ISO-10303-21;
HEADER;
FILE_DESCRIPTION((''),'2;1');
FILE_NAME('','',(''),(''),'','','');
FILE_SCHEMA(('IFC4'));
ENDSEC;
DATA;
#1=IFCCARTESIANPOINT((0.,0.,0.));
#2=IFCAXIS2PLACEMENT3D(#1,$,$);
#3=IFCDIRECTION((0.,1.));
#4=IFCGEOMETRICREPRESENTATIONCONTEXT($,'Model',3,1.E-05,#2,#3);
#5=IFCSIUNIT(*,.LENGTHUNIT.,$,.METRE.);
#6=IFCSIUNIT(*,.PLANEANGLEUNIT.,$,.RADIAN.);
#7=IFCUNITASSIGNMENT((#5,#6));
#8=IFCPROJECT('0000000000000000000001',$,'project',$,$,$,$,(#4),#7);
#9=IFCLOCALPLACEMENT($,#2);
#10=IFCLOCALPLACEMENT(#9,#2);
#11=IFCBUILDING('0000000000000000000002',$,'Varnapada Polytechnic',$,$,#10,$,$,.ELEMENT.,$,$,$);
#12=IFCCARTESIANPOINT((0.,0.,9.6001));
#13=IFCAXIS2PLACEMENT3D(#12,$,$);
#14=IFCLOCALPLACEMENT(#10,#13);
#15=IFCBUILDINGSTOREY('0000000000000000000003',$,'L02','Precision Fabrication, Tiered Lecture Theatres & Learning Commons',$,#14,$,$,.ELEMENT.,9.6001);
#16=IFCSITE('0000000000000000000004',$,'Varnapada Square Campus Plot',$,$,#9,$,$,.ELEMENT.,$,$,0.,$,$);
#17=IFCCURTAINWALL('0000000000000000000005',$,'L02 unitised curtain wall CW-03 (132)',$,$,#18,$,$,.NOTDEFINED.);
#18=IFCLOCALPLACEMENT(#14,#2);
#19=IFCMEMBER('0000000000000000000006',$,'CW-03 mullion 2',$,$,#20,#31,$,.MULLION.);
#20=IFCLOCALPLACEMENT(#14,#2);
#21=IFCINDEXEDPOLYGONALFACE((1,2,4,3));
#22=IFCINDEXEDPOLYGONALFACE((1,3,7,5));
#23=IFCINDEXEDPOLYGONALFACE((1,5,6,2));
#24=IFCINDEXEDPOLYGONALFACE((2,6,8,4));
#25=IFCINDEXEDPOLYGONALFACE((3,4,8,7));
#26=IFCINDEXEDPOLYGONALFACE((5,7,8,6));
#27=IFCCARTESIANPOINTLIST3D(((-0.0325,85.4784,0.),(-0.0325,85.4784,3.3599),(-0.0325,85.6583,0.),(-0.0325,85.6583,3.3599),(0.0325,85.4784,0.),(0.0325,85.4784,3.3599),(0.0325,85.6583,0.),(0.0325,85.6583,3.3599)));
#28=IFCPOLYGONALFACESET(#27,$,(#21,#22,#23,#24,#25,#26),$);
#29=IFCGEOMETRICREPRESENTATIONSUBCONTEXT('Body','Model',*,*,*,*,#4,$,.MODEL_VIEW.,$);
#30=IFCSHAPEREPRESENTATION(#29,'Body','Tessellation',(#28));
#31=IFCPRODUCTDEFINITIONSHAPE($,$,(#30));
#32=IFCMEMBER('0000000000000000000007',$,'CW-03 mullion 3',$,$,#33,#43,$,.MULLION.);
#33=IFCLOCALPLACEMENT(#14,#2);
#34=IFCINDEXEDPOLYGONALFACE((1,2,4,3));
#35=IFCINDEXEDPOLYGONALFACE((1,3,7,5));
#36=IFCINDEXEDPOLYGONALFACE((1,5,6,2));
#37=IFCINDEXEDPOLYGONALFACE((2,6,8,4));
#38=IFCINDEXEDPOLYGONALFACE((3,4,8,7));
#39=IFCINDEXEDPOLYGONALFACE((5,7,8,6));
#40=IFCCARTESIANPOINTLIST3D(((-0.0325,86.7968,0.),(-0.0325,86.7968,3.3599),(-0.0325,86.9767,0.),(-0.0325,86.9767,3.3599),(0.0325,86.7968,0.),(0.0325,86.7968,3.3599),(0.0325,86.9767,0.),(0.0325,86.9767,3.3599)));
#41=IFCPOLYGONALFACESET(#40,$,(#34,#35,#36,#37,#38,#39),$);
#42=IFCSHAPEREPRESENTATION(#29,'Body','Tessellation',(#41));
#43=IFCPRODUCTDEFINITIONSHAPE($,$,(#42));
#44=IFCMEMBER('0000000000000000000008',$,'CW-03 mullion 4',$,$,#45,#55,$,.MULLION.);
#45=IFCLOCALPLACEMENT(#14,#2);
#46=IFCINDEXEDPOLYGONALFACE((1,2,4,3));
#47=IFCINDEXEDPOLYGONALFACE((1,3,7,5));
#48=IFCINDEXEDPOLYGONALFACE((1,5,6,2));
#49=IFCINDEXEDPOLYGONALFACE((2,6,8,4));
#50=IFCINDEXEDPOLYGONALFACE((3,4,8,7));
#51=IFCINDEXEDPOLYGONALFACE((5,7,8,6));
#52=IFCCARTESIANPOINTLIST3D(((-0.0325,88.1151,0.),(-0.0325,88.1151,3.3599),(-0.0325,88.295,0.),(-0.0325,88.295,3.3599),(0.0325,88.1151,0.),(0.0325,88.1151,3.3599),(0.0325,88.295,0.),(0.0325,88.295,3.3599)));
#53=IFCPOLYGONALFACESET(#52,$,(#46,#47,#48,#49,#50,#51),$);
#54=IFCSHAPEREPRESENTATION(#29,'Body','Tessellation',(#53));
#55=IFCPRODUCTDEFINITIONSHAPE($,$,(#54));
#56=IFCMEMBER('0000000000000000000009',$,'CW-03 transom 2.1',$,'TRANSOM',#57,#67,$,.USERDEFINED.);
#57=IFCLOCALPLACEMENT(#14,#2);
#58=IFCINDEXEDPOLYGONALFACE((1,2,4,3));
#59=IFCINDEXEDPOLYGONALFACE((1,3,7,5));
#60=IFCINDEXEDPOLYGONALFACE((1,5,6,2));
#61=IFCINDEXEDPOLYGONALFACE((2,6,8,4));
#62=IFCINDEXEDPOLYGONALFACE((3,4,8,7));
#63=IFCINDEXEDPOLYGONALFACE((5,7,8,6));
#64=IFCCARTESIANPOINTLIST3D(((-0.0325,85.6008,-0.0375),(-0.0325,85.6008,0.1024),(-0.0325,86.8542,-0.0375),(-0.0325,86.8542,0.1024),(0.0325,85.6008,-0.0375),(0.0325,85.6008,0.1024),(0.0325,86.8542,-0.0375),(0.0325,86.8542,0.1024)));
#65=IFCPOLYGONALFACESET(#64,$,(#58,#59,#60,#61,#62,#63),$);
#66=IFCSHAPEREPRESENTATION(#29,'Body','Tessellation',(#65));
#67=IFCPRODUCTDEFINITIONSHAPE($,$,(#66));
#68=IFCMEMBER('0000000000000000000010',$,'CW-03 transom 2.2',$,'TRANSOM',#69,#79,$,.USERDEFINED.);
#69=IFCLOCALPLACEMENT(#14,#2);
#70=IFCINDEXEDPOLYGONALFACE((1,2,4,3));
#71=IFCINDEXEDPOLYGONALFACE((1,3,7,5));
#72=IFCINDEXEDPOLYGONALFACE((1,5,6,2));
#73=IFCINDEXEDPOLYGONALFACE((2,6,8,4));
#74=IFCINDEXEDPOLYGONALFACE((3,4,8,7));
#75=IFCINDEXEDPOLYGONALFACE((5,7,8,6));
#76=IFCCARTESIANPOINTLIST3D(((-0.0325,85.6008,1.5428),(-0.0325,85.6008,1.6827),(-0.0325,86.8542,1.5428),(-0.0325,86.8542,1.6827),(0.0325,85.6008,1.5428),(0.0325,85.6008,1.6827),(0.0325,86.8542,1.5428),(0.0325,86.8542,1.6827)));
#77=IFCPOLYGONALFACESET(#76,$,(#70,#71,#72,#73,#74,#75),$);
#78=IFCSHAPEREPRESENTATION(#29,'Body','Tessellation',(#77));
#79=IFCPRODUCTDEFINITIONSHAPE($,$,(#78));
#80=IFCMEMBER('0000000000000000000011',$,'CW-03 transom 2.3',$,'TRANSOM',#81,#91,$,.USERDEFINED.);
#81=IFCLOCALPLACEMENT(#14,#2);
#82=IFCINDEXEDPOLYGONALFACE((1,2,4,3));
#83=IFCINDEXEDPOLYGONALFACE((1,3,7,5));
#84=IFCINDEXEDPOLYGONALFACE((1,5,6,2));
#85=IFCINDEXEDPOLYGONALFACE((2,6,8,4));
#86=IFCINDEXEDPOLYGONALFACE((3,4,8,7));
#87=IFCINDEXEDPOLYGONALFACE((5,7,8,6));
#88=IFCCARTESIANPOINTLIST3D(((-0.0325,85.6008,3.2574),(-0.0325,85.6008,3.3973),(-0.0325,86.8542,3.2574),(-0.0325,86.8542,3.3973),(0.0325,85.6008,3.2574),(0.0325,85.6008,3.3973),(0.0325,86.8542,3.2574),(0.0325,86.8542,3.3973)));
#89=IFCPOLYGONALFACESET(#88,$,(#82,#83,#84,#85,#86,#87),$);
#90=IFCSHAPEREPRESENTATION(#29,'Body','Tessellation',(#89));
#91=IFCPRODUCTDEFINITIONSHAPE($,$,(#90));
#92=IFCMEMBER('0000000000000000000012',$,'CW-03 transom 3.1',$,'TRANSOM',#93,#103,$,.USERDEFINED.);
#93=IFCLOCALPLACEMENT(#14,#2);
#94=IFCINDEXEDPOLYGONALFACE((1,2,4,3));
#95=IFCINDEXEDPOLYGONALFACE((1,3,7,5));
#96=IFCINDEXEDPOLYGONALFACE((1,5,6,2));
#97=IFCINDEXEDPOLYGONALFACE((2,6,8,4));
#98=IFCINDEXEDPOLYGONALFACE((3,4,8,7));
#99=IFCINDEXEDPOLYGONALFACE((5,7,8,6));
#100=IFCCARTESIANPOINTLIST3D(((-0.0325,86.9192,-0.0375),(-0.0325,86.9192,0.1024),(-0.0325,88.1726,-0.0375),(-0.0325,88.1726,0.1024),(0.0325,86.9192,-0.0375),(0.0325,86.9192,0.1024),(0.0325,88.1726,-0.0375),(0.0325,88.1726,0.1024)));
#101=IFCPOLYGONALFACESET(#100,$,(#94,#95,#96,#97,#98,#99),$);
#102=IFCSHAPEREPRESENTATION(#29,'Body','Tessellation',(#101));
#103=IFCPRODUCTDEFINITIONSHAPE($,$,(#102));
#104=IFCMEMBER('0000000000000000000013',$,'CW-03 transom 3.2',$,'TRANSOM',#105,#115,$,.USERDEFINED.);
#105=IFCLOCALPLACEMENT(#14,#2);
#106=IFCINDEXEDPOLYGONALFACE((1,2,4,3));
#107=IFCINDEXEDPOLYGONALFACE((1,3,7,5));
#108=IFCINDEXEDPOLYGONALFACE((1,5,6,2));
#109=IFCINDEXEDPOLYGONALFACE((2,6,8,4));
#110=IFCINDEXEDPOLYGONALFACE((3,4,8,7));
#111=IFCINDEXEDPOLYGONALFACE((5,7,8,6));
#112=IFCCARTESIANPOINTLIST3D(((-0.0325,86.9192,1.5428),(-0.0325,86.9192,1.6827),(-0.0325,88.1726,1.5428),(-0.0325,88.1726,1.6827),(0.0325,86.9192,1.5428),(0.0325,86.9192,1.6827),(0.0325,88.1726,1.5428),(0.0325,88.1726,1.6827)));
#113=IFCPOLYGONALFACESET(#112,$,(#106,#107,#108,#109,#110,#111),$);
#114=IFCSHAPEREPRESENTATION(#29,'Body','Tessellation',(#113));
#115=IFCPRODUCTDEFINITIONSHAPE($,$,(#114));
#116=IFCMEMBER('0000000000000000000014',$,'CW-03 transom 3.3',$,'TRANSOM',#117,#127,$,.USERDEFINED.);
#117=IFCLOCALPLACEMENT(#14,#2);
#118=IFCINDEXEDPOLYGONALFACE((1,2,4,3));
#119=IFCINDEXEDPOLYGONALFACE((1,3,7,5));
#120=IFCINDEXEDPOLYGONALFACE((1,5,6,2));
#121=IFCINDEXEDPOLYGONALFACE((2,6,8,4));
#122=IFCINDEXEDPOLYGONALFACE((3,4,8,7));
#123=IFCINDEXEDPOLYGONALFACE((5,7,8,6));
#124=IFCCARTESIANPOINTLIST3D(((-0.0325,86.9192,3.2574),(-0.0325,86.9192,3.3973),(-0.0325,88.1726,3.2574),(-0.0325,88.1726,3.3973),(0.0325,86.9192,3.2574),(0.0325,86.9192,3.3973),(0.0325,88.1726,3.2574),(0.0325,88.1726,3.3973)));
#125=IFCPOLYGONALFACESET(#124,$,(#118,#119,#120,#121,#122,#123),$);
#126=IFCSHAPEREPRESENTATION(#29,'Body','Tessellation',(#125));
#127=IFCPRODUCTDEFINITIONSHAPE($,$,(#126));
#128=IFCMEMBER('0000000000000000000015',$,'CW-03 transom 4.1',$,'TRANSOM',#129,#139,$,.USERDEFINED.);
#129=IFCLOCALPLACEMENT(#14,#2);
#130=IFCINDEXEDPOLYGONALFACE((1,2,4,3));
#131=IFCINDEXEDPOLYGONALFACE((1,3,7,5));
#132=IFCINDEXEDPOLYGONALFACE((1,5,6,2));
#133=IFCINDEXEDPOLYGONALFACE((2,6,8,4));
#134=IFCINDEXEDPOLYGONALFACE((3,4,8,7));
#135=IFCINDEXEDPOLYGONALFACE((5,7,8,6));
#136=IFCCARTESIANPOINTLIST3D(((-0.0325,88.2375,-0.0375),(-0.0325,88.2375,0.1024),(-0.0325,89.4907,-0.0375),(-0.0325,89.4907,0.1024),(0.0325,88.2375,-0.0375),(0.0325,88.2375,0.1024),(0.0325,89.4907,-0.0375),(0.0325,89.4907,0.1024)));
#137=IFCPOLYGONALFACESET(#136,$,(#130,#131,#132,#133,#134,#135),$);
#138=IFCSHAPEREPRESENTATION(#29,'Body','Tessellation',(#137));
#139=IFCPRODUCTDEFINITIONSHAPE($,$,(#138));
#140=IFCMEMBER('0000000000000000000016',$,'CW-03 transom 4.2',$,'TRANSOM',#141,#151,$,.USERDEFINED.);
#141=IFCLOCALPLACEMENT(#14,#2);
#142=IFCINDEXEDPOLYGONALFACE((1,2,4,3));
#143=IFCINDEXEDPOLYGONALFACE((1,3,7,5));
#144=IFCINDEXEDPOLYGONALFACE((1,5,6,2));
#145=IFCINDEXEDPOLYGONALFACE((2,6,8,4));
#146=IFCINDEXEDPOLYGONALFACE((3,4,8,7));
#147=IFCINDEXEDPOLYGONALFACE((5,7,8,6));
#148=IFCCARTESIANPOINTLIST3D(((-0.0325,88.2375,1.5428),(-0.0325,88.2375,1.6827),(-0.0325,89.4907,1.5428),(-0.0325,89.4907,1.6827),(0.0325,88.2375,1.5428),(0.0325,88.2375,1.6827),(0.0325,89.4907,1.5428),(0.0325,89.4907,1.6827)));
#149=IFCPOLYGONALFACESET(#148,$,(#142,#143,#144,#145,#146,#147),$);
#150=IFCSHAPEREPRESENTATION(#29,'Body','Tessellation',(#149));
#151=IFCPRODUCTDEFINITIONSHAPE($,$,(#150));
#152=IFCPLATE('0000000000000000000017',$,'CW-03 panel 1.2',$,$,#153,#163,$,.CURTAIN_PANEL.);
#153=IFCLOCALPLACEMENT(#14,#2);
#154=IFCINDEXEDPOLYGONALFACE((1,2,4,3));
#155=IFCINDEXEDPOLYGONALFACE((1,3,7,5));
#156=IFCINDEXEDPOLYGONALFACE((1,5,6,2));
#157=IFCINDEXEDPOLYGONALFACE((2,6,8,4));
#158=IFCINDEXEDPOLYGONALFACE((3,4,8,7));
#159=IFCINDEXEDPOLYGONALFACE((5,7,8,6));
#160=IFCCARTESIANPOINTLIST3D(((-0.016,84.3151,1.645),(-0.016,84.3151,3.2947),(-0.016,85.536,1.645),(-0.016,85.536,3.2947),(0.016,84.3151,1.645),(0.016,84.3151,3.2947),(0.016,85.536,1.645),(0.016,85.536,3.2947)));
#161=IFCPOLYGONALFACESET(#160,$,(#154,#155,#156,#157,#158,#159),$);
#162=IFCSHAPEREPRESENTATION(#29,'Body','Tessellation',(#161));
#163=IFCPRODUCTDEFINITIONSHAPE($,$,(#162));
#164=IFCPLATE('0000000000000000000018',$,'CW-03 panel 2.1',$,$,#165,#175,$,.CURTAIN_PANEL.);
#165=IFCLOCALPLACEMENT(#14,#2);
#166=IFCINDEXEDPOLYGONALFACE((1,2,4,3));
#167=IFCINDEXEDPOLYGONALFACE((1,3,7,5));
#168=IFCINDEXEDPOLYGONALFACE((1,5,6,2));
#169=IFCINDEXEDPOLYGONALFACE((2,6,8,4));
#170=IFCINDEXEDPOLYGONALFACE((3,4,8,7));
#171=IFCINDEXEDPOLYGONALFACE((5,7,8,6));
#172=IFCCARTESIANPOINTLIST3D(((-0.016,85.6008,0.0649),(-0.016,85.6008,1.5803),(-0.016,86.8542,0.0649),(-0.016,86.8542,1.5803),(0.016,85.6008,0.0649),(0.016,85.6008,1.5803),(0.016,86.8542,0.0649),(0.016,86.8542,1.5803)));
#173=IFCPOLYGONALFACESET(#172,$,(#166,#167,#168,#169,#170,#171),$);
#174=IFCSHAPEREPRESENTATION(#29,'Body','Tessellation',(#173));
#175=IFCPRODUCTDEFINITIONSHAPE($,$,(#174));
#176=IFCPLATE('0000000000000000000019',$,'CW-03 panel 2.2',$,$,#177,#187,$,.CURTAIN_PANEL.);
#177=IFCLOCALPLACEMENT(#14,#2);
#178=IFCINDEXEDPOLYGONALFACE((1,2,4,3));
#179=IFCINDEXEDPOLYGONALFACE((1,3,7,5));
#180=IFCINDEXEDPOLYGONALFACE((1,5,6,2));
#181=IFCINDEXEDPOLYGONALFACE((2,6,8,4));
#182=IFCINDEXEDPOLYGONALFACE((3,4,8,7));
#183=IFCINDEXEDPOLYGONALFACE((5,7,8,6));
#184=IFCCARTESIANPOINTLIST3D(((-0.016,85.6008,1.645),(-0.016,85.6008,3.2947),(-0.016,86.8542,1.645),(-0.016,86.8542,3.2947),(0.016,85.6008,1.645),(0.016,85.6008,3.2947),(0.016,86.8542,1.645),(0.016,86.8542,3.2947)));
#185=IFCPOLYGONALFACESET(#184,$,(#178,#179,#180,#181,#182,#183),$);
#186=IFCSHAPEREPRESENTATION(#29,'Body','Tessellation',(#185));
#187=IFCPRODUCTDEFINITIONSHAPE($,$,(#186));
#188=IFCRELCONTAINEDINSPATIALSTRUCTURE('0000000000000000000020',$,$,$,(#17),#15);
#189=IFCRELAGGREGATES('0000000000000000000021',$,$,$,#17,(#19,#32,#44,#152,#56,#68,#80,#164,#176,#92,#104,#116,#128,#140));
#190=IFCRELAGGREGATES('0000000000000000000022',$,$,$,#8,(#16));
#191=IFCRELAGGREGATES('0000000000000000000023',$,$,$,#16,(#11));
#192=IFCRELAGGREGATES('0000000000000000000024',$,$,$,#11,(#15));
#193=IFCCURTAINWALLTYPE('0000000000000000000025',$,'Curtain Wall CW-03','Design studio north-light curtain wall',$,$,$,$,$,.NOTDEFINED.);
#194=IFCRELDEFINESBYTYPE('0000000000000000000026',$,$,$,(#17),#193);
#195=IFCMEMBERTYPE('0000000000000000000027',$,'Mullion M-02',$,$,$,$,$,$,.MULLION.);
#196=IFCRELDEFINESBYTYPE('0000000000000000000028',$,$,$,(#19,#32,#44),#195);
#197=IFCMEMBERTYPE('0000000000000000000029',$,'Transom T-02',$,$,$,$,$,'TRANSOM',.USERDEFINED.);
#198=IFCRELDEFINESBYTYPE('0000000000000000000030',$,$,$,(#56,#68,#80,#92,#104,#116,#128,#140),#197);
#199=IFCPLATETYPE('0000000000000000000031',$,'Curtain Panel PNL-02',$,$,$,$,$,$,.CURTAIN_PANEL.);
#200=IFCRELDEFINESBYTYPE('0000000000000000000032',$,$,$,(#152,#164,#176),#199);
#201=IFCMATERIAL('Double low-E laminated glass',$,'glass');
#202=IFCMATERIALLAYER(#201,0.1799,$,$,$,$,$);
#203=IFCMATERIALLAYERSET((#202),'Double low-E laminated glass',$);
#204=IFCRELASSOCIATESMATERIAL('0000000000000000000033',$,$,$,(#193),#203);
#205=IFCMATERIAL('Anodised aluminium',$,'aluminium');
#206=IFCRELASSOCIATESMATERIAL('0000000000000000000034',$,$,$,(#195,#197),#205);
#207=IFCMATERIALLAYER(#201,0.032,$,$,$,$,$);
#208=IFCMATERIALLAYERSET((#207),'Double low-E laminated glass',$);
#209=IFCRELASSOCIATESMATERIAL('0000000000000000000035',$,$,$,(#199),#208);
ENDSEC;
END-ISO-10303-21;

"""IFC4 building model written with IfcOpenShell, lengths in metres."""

from ifc_helpers import new_model, si_unit, direction, frame, origin, origin_2d, place, context, subcontext, project, spatial, rectangle, extrude, material, layer, layer_set, material_profile, profile_set, type_object, element, aggregate, save


model = new_model("IFC4")

# Units and contexts
model_context = context("Model", 3, precision=1e-05, world=origin(), true_north=direction((0.0, 1.0)))
body_context = subcontext(model_context, "Body", "Model", "MODEL_VIEW")
ifc_project = project(units=[si_unit("LENGTHUNIT", "METRE"), si_unit("PLANEANGLEUNIT", "RADIAN")], contexts=[model_context])

# Site, building, storey
site_placement = place(None, origin())
site = spatial("IfcSite", under=ifc_project, at=site_placement, Name="Varnapada Square Campus Plot", CompositionType="ELEMENT", RefElevation=0.0)
building_placement = place(site_placement, origin())
building = spatial("IfcBuilding", under=site, at=building_placement, Name="Varnapada Polytechnic", CompositionType="ELEMENT")
storey_placement = place(building_placement, frame((0.0, 0.0, 9.6001)))
storey = spatial("IfcBuildingStorey", under=building, at=storey_placement, Name="L02", Description="Precision Fabrication, Tiered Lecture Theatres & Learning Commons", CompositionType="ELEMENT", Elevation=9.6001)

# Curtain wall, members, plates
ifc_material_1 = material(Name="Double low-E laminated glass", Category="glass")
ifc_layer_1 = layer(ifc_material_1, 0.1799)
ifc_layer_set_1 = layer_set([ifc_layer_1], Name="Double low-E laminated glass")
curtain_wall_type = type_object("IfcCurtainWallType", Name="Curtain Wall CW-03", Description="Design studio north-light curtain wall", PredefinedType="NOTDEFINED", material=ifc_layer_set_1)
curtain_wall_placement = place(storey_placement, origin())
curtain_wall = element("IfcCurtainWall", 1, at=curtain_wall_placement, inside=storey, type_object=curtain_wall_type, Name="L02 unitised curtain wall CW-03 (132)", PredefinedType="NOTDEFINED")
ifc_material_2 = material(Name="Anodised aluminium", Category="aluminium")
ifc_material_profile_1 = material_profile(ifc_material_2, rectangle(XDim=0.0649, YDim=0.1799, at=origin_2d()), Name="ALU M65x180")
ifc_profile_set_1 = profile_set([ifc_material_profile_1], Name="Anodised aluminium")
member_type_1 = type_object("IfcMemberType", Name="Mullion M-02", PredefinedType="MULLION", material=ifc_profile_set_1)
member_1_placement = place(storey_placement, frame((0.0, 85.5684, 0.0), z_axis=(0.0, 0.0, 1.0), x_axis=(-1.0, 0.0, 0.0)))
member_1 = element("IfcMember", 2, at=member_1_placement, type_object=member_type_1, Name="CW-03 mullion 2", PredefinedType="MULLION", context=body_context, shape_type="SweptSolid", body=[
    extrude(rectangle(XDim=0.0649, YDim=0.1799, at=origin_2d()), origin(), (0.0, 0.0, 1.0), 3.3599),
])
member_2_placement = place(storey_placement, frame((0.0, 86.8867, 0.0), z_axis=(0.0, 0.0, 1.0), x_axis=(-1.0, 0.0, 0.0)))
member_2 = element("IfcMember", 3, at=member_2_placement, type_object=member_type_1, Name="CW-03 mullion 3", PredefinedType="MULLION", context=body_context, shape_type="SweptSolid", body=[
    extrude(rectangle(XDim=0.0649, YDim=0.1799, at=origin_2d()), origin(), (0.0, 0.0, 1.0), 3.3599),
])
member_3_placement = place(storey_placement, frame((0.0, 88.2051, 0.0), z_axis=(0.0, 0.0, 1.0), x_axis=(-1.0, 0.0, 0.0)))
member_3 = element("IfcMember", 4, at=member_3_placement, type_object=member_type_1, Name="CW-03 mullion 4", PredefinedType="MULLION", context=body_context, shape_type="SweptSolid", body=[
    extrude(rectangle(XDim=0.0649, YDim=0.1799, at=origin_2d()), origin(), (0.0, 0.0, 1.0), 3.3599),
])
ifc_material_profile_2 = material_profile(ifc_material_2, rectangle(XDim=0.0649, YDim=0.1399, at=origin_2d()), Name="ALU T65x140")
ifc_profile_set_2 = profile_set([ifc_material_profile_2], Name="Anodised aluminium")
member_type_2 = type_object("IfcMemberType", Name="Transom T-02", ElementType="TRANSOM", PredefinedType="USERDEFINED", material=ifc_profile_set_2)
member_4_placement = place(storey_placement, frame((0.0, 85.6008, 0.0325), z_axis=(0.0, 1.0, 0.0), x_axis=(-1.0, 0.0, 0.0)))
member_4 = element("IfcMember", 5, at=member_4_placement, type_object=member_type_2, Name="CW-03 transom 2.1", ObjectType="TRANSOM", PredefinedType="USERDEFINED", context=body_context, shape_type="SweptSolid", body=[
    extrude(rectangle(XDim=0.0649, YDim=0.1399, at=origin_2d()), origin(), (0.0, 0.0, 1.0), 1.2534),
])
member_5_placement = place(storey_placement, frame((0.0, 85.6008, 1.6128), z_axis=(0.0, 1.0, 0.0), x_axis=(-1.0, 0.0, 0.0)))
member_5 = element("IfcMember", 6, at=member_5_placement, type_object=member_type_2, Name="CW-03 transom 2.2", ObjectType="TRANSOM", PredefinedType="USERDEFINED", context=body_context, shape_type="SweptSolid", body=[
    extrude(rectangle(XDim=0.0649, YDim=0.1399, at=origin_2d()), origin(), (0.0, 0.0, 1.0), 1.2534),
])
member_6_placement = place(storey_placement, frame((0.0, 85.6008, 3.3274), z_axis=(0.0, 1.0, 0.0), x_axis=(-1.0, 0.0, 0.0)))
member_6 = element("IfcMember", 7, at=member_6_placement, type_object=member_type_2, Name="CW-03 transom 2.3", ObjectType="TRANSOM", PredefinedType="USERDEFINED", context=body_context, shape_type="SweptSolid", body=[
    extrude(rectangle(XDim=0.0649, YDim=0.1399, at=origin_2d()), origin(), (0.0, 0.0, 1.0), 1.2534),
])
member_7_placement = place(storey_placement, frame((0.0, 86.9192, 0.0325), z_axis=(0.0, 1.0, 0.0), x_axis=(-1.0, 0.0, 0.0)))
member_7 = element("IfcMember", 8, at=member_7_placement, type_object=member_type_2, Name="CW-03 transom 3.1", ObjectType="TRANSOM", PredefinedType="USERDEFINED", context=body_context, shape_type="SweptSolid", body=[
    extrude(rectangle(XDim=0.0649, YDim=0.1399, at=origin_2d()), origin(), (0.0, 0.0, 1.0), 1.2534),
])
member_8_placement = place(storey_placement, frame((0.0, 86.9192, 1.6128), z_axis=(0.0, 1.0, 0.0), x_axis=(-1.0, 0.0, 0.0)))
member_8 = element("IfcMember", 9, at=member_8_placement, type_object=member_type_2, Name="CW-03 transom 3.2", ObjectType="TRANSOM", PredefinedType="USERDEFINED", context=body_context, shape_type="SweptSolid", body=[
    extrude(rectangle(XDim=0.0649, YDim=0.1399, at=origin_2d()), origin(), (0.0, 0.0, 1.0), 1.2534),
])
member_9_placement = place(storey_placement, frame((0.0, 86.9192, 3.3274), z_axis=(0.0, 1.0, 0.0), x_axis=(-1.0, 0.0, 0.0)))
member_9 = element("IfcMember", 10, at=member_9_placement, type_object=member_type_2, Name="CW-03 transom 3.3", ObjectType="TRANSOM", PredefinedType="USERDEFINED", context=body_context, shape_type="SweptSolid", body=[
    extrude(rectangle(XDim=0.0649, YDim=0.1399, at=origin_2d()), origin(), (0.0, 0.0, 1.0), 1.2534),
])
member_10_placement = place(storey_placement, frame((0.0, 88.2375, 0.0325), z_axis=(0.0, 1.0, 0.0), x_axis=(-1.0, 0.0, 0.0)))
member_10 = element("IfcMember", 11, at=member_10_placement, type_object=member_type_2, Name="CW-03 transom 4.1", ObjectType="TRANSOM", PredefinedType="USERDEFINED", context=body_context, shape_type="SweptSolid", body=[
    extrude(rectangle(XDim=0.0649, YDim=0.1399, at=origin_2d()), origin(), (0.0, 0.0, 1.0), 1.2532),
])
member_11_placement = place(storey_placement, frame((0.0, 88.2375, 1.6128), z_axis=(0.0, 1.0, 0.0), x_axis=(-1.0, 0.0, 0.0)))
member_11 = element("IfcMember", 12, at=member_11_placement, type_object=member_type_2, Name="CW-03 transom 4.2", ObjectType="TRANSOM", PredefinedType="USERDEFINED", context=body_context, shape_type="SweptSolid", body=[
    extrude(rectangle(XDim=0.0649, YDim=0.1399, at=origin_2d()), origin(), (0.0, 0.0, 1.0), 1.2532),
])
ifc_layer_2 = layer(ifc_material_1, 0.032)
ifc_layer_set_2 = layer_set([ifc_layer_2], Name="Double low-E laminated glass")
plate_type = type_object("IfcPlateType", Name="Curtain Panel PNL-02", PredefinedType="CURTAIN_PANEL", material=ifc_layer_set_2)
plate_1_placement = place(storey_placement, frame((0.0, 84.9255, 1.645), z_axis=(0.0, 0.0, 1.0), x_axis=(0.0, 1.0, 0.0)))
plate_1 = element("IfcPlate", 13, at=plate_1_placement, type_object=plate_type, Name="CW-03 panel 1.2", PredefinedType="CURTAIN_PANEL", context=body_context, shape_type="SweptSolid", body=[
    extrude(rectangle(XDim=1.2209, YDim=0.032, at=origin_2d()), origin(), (0.0, 0.0, 1.0), 1.6497),
])
plate_2_placement = place(storey_placement, frame((0.0, 86.2275, 0.0649), z_axis=(0.0, 0.0, 1.0), x_axis=(0.0, 1.0, 0.0)))
plate_2 = element("IfcPlate", 14, at=plate_2_placement, type_object=plate_type, Name="CW-03 panel 2.1", PredefinedType="CURTAIN_PANEL", context=body_context, shape_type="SweptSolid", body=[
    extrude(rectangle(XDim=1.2534, YDim=0.032, at=origin_2d()), origin(), (0.0, 0.0, 1.0), 1.5154),
])
plate_3_placement = place(storey_placement, frame((0.0, 86.2275, 1.645), z_axis=(0.0, 0.0, 1.0), x_axis=(0.0, 1.0, 0.0)))
plate_3 = element("IfcPlate", 15, at=plate_3_placement, type_object=plate_type, Name="CW-03 panel 2.2", PredefinedType="CURTAIN_PANEL", context=body_context, shape_type="SweptSolid", body=[
    extrude(rectangle(XDim=1.2534, YDim=0.032, at=origin_2d()), origin(), (0.0, 0.0, 1.0), 1.6497),
])
aggregate(curtain_wall, [member_1, member_2, member_3, plate_1, member_4, member_5, member_6, plate_2, plate_3, member_7, member_8, member_9, member_10, member_11])

save(model, "model.ifc")
